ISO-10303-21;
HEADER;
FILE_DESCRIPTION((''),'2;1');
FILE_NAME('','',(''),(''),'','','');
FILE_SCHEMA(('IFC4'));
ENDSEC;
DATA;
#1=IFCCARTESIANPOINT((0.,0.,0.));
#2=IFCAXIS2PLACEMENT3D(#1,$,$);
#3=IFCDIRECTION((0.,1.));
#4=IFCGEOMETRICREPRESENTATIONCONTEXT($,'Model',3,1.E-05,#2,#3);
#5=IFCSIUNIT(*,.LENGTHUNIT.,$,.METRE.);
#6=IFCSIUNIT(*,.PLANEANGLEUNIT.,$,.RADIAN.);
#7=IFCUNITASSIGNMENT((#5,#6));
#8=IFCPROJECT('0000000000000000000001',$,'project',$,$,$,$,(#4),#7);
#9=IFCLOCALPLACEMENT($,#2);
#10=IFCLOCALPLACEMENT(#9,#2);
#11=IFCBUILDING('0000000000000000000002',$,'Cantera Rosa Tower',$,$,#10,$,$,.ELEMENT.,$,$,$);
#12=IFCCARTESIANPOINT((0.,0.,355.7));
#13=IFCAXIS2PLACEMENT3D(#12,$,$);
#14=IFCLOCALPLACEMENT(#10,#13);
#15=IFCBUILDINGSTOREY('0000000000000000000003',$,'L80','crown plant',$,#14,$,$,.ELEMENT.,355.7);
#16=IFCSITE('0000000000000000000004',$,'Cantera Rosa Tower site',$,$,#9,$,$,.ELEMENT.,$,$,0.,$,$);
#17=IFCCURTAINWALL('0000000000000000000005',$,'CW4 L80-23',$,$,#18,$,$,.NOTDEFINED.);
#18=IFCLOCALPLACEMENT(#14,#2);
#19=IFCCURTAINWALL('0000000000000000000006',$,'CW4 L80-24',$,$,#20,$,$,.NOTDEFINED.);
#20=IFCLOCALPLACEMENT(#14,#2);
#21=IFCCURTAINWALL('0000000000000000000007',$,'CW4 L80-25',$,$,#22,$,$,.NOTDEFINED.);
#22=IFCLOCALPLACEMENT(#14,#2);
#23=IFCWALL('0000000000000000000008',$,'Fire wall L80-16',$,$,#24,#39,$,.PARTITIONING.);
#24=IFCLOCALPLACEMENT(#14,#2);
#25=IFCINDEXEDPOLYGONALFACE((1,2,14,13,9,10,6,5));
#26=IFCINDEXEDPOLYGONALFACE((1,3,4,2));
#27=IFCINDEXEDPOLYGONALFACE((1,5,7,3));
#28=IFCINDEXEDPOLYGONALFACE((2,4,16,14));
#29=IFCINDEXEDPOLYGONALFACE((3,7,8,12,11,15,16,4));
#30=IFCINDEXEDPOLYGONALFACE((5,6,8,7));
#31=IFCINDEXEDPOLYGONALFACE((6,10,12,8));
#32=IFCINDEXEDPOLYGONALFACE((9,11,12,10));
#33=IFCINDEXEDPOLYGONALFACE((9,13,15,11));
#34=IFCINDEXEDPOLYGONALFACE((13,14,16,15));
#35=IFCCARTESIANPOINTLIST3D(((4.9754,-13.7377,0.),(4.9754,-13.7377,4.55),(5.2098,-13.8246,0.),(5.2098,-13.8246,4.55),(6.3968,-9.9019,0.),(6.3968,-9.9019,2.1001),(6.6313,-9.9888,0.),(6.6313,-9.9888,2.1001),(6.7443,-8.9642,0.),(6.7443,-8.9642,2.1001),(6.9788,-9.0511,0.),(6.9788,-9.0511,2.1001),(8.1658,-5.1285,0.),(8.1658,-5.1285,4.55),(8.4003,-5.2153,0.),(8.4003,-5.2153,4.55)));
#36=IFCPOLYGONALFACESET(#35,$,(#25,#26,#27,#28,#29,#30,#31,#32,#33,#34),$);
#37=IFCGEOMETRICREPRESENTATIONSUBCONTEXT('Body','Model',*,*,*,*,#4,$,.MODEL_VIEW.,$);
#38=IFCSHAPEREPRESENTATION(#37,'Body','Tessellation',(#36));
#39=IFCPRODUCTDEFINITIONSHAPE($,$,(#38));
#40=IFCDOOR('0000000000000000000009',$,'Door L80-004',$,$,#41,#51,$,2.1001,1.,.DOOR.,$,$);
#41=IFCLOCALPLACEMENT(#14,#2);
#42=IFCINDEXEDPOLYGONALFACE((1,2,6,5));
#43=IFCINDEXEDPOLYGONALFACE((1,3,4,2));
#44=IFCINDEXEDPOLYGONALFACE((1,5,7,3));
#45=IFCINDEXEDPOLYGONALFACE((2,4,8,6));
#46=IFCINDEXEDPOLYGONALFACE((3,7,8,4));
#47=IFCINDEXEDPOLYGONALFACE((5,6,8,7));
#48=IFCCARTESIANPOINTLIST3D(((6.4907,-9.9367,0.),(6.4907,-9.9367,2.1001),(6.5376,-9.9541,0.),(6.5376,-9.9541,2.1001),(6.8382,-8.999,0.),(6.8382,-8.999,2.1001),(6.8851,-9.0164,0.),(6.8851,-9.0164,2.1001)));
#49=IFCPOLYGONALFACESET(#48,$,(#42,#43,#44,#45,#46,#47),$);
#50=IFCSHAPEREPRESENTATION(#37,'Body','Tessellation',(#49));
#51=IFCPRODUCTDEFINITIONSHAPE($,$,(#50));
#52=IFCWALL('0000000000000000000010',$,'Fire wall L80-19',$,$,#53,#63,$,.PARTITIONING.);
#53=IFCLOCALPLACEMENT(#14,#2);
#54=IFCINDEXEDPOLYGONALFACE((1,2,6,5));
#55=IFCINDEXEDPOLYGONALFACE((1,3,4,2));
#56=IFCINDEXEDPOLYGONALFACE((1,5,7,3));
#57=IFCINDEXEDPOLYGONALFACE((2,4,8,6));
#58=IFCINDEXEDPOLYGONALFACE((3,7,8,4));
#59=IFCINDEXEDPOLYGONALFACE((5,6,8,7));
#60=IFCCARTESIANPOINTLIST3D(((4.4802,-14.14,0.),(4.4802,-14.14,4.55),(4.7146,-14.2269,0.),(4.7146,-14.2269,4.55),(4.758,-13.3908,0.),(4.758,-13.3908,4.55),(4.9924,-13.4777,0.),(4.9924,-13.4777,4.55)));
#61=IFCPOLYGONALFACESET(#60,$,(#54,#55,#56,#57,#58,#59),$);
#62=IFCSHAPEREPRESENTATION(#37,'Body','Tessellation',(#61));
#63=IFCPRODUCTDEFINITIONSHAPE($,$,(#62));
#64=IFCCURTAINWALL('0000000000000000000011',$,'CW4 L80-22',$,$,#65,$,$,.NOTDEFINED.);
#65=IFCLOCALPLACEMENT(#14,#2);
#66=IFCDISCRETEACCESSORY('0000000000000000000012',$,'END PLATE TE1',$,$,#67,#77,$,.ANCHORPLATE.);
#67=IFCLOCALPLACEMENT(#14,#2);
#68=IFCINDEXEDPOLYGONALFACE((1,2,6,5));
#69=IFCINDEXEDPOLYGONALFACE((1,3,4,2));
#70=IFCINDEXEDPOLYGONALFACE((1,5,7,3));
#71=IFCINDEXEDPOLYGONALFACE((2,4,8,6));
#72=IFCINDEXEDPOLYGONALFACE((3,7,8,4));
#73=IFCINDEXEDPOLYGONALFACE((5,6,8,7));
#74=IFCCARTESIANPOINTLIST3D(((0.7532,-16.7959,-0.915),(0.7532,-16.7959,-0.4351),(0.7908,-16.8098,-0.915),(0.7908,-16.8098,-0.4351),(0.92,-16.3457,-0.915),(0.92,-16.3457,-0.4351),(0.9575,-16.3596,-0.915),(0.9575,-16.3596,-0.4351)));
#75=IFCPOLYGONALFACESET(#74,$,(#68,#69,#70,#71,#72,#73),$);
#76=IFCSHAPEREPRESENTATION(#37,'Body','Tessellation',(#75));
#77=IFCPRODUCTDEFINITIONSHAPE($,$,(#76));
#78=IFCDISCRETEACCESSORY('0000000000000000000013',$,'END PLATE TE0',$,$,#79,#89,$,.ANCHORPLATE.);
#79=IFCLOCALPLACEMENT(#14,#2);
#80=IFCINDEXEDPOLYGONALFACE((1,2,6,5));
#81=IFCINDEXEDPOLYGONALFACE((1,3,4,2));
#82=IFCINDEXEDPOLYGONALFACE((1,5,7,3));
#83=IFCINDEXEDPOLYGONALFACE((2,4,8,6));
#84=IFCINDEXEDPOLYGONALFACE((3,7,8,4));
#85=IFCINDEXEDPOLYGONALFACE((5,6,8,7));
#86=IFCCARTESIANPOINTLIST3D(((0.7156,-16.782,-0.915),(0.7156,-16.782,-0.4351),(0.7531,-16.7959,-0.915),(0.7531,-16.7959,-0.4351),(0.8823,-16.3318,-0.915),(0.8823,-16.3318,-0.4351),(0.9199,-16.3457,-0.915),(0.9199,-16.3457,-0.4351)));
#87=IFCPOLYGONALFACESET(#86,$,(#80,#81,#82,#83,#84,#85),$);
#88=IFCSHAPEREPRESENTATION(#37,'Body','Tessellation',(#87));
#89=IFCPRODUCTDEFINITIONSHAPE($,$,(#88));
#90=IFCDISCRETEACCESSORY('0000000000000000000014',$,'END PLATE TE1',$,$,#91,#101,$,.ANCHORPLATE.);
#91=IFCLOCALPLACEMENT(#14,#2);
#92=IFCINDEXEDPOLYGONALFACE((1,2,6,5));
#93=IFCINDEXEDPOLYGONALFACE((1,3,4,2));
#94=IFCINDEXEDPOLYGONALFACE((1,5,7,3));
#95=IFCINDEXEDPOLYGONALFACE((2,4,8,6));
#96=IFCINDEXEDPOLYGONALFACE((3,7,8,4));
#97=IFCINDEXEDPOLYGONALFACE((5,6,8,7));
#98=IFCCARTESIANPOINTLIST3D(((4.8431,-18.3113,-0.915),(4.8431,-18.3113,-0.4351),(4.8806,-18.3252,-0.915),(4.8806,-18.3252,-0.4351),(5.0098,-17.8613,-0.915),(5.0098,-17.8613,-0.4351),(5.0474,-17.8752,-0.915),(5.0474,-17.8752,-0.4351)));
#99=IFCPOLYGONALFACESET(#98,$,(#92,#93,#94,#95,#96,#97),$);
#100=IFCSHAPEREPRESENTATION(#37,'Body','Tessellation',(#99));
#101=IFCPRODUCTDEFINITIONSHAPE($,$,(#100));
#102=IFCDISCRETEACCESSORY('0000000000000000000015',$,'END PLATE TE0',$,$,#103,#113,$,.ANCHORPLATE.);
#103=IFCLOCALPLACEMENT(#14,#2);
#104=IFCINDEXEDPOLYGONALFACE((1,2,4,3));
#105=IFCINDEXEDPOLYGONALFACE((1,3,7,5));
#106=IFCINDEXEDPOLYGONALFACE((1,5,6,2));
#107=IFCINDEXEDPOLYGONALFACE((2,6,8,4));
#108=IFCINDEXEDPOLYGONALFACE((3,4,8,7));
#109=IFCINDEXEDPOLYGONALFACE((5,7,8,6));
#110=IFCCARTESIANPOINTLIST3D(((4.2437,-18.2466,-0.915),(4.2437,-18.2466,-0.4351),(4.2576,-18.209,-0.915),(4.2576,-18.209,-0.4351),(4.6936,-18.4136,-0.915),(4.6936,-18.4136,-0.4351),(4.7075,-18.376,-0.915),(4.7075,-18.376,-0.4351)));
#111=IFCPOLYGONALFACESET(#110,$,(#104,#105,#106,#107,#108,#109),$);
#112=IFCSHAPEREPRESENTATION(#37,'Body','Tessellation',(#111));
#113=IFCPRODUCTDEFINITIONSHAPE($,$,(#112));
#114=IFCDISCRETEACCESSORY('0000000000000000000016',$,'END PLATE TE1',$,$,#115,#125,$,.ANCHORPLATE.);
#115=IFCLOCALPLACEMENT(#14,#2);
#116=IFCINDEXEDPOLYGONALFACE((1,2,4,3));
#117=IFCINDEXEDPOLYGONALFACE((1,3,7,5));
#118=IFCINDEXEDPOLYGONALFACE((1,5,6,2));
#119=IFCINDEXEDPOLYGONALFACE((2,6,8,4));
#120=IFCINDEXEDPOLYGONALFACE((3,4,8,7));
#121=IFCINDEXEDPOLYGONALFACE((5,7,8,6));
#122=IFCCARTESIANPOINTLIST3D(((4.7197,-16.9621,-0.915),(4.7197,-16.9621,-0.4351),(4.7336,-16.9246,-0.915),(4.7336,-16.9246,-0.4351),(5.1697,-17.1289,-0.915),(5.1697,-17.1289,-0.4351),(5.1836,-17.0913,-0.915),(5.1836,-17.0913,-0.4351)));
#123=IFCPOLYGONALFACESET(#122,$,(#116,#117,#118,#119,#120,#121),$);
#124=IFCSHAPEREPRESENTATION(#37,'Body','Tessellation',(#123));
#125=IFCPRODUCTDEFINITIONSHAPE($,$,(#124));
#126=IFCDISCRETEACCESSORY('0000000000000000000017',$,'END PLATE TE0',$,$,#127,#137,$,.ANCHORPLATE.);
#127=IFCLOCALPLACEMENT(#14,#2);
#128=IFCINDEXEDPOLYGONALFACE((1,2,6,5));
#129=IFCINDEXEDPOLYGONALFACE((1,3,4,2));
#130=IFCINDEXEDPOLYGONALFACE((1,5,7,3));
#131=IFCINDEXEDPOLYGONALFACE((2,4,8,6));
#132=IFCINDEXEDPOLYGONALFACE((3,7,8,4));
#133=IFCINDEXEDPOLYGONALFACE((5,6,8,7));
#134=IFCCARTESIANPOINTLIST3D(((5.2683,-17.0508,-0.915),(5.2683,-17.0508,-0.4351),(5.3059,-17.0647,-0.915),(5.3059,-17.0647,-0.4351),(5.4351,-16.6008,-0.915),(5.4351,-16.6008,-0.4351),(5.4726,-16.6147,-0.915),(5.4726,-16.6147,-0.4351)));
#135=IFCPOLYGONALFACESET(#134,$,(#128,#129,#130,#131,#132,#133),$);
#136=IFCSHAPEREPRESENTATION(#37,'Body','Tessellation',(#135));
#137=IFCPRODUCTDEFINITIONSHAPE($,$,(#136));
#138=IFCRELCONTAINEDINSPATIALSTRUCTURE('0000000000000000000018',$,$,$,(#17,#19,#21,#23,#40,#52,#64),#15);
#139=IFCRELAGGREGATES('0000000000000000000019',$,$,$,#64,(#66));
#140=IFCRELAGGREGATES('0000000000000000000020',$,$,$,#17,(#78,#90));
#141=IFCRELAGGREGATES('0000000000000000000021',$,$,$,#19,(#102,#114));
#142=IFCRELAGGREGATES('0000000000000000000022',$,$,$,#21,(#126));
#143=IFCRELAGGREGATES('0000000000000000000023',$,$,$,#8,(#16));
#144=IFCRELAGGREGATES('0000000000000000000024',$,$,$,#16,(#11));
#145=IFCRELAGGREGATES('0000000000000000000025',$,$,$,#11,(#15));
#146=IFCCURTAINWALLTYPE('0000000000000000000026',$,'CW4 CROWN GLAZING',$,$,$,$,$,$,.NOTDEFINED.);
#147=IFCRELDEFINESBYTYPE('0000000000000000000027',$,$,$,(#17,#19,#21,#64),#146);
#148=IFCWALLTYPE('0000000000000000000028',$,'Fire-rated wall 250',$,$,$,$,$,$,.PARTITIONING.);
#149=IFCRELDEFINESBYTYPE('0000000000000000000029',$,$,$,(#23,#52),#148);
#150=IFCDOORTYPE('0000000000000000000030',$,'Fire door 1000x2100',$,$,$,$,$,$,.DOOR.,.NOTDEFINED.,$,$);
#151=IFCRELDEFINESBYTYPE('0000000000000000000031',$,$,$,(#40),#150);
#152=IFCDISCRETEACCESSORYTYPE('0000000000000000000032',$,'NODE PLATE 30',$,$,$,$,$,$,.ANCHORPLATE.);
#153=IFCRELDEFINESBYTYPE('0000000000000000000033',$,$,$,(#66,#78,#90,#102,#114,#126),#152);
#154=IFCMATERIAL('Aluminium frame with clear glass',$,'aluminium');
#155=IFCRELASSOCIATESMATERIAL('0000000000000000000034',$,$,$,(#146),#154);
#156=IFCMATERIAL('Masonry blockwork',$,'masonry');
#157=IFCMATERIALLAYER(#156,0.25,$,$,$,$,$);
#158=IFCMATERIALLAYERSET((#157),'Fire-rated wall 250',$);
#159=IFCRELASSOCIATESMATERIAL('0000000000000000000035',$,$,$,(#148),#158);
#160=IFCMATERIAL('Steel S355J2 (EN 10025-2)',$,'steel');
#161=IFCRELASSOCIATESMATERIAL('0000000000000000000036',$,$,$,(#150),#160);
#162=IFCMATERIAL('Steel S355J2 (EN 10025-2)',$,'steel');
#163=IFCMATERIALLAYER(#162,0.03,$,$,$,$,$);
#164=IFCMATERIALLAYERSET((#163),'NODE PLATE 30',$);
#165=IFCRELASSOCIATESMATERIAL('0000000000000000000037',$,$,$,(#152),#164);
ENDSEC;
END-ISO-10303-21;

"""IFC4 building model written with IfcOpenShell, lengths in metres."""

from ifc_helpers import new_model, si_unit, direction, frame, frame_2d, origin, place, context, subcontext, project, spatial, polyline, rectangle, outline, extrude, material, layer, layer_set, type_object, element, fill, aggregate, save


model = new_model("IFC4")

# Units and contexts
model_context = context("Model", 3, precision=1e-05, world=origin(), true_north=direction((0.0, 1.0)))
body_context = subcontext(model_context, "Body", "Model", "MODEL_VIEW")
ifc_project = project(units=[si_unit("LENGTHUNIT", "METRE"), si_unit("PLANEANGLEUNIT", "RADIAN")], contexts=[model_context])

# Site, building, storey
site_placement = place(None, origin())
site = spatial("IfcSite", under=ifc_project, at=site_placement, Name="Cantera Rosa Tower site", CompositionType="ELEMENT", RefElevation=0.0)
building_placement = place(site_placement, origin())
building = spatial("IfcBuilding", under=site, at=building_placement, Name="Cantera Rosa Tower", CompositionType="ELEMENT")
storey_placement = place(building_placement, frame((0.0, 0.0, 355.7)))
storey = spatial("IfcBuildingStorey", under=building, at=storey_placement, Name="L80", Description="crown plant", CompositionType="ELEMENT", Elevation=355.7)

# Curtain walls
ifc_material_1 = material(Name="Aluminium frame with clear glass", Category="aluminium")
curtain_wall_type = type_object("IfcCurtainWallType", Name="CW4 CROWN GLAZING", PredefinedType="NOTDEFINED", material=ifc_material_1)
curtain_wall_1_placement = place(storey_placement, origin())
curtain_wall_1 = element("IfcCurtainWall", 1, at=curtain_wall_1_placement, inside=storey, type_object=curtain_wall_type, Name="CW4 L80-23", PredefinedType="NOTDEFINED")
curtain_wall_2_placement = place(storey_placement, origin())
curtain_wall_2 = element("IfcCurtainWall", 2, at=curtain_wall_2_placement, inside=storey, type_object=curtain_wall_type, Name="CW4 L80-24", PredefinedType="NOTDEFINED")
curtain_wall_3_placement = place(storey_placement, origin())
curtain_wall_3 = element("IfcCurtainWall", 3, at=curtain_wall_3_placement, inside=storey, type_object=curtain_wall_type, Name="CW4 L80-25", PredefinedType="NOTDEFINED")

# Shared definitions
ifc_material_2 = material(Name="Masonry blockwork", Category="masonry")
ifc_layer_1 = layer(ifc_material_2, 0.25)
ifc_layer_set_1 = layer_set([ifc_layer_1], Name="Fire-rated wall 250")
wall_type_1 = type_object("IfcWallType", Name="Fire-rated wall 250", PredefinedType="PARTITIONING", material=ifc_layer_set_1)

# Shared definitions
ifc_material_3 = material(Name="Steel S355J2 (EN 10025-2)", Category="steel")
door_type = type_object("IfcDoorType", Name="Fire door 1000x2100", OperationType="NOTDEFINED", PredefinedType="DOOR", material=ifc_material_3)

# Wall, opening, door
wall_1_placement = place(storey_placement, frame((5.0925, -13.7812, 0.0), z_axis=(0.0, 0.0, 1.0), x_axis=(0.347493, 0.937683, 0.0)))
wall_1 = element("IfcWall", 4, at=wall_1_placement, inside=storey, type_object=wall_type_1, Name="Fire wall L80-16", PredefinedType="PARTITIONING", context=body_context, shape_type="SweptSolid", body=[
    extrude(rectangle(XDim=9.1814, YDim=0.25, at=frame_2d((4.5908, 0.0))), origin(), (0.0, 0.0, 1.0), 4.55),
])
opening_1_placement = place(wall_1_placement, frame((4.0908, 0.0, 0.0)))
opening_1 = element("IfcOpeningElement", 5, at=opening_1_placement, cuts=wall_1, PredefinedType="OPENING", context=body_context, shape_type="SweptSolid", body=[
    extrude(rectangle(XDim=1.0, YDim=2.1001, at=frame_2d((0.5, 1.05))), frame((0.0, 0.135, 0.0), z_axis=(0.0, -1.0, 0.0), x_axis=(1.0, 0.0, 0.0)), (0.0, 0.0, 1.0), 0.27),
])
door_1_placement = place(opening_1_placement, origin())
door_1 = element("IfcDoor", 6, at=door_1_placement, inside=storey, type_object=door_type, Name="Door L80-004", OverallHeight=2.1001, OverallWidth=1.0, PredefinedType="DOOR", context=body_context, shape_type="SweptSolid", body=[
    extrude(rectangle(XDim=1.0, YDim=2.1001, at=frame_2d((0.5, 1.05))), frame((0.0, 0.0249, 0.0), z_axis=(0.0, -1.0, 0.0), x_axis=(1.0, 0.0, 0.0)), (0.0, 0.0, 1.0), 0.05),
])
fill(opening_1, door_1)

# Wall
wall_2_placement = place(storey_placement, frame((4.5974, -14.1833, 0.0), z_axis=(0.0, 0.0, 1.0), x_axis=(0.347673, 0.937616, 0.0)))
element("IfcWall", 7, at=wall_2_placement, inside=storey, type_object=wall_type_1, Name="Fire wall L80-19", PredefinedType="PARTITIONING", context=body_context, shape_type="SweptSolid", body=[
    extrude(rectangle(XDim=0.7991, YDim=0.25, at=frame_2d((0.3994, 0.0))), origin(), (0.0, 0.0, 1.0), 4.55),
])

# Curtain wall, discrete accessory
curtain_wall_4_placement = place(storey_placement, origin())
curtain_wall_4 = element("IfcCurtainWall", 8, at=curtain_wall_4_placement, inside=storey, type_object=curtain_wall_type, Name="CW4 L80-22", PredefinedType="NOTDEFINED")
ifc_material_4 = material(Name="Steel S355J2 (EN 10025-2)", Category="steel")
ifc_layer_2 = layer(ifc_material_4, 0.03)
ifc_layer_set_2 = layer_set([ifc_layer_2], Name="NODE PLATE 30")
discrete_accessory_type = type_object("IfcDiscreteAccessoryType", Name="NODE PLATE 30", PredefinedType="ANCHORPLATE", material=ifc_layer_set_2)
discrete_accessory_1_placement = place(storey_placement, frame((0.9575, -16.3596, -0.4351), z_axis=(0.937743, -0.347331, 0.0), x_axis=(-0.347331, -0.937743, 0.0)))
discrete_accessory_1 = element("IfcDiscreteAccessory", 9, at=discrete_accessory_1_placement, type_object=discrete_accessory_type, Name="END PLATE TE1", PredefinedType="ANCHORPLATE", context=body_context, shape_type="SweptSolid", body=[
    extrude(outline(polyline([(0.0, 0.0), (0.4801, 0.0), (0.4801, 0.48), (0.0, 0.48), (0.0, 0.0)])), origin(), (0.0, 0.0, -1.0), 0.04),
])
aggregate(curtain_wall_4, [discrete_accessory_1])

# Discrete accessories
discrete_accessory_2_placement = place(storey_placement, frame((0.7156, -16.782, -0.4351), z_axis=(-0.937743, 0.347331, 0.0), x_axis=(0.347331, 0.937743, 0.0)))
discrete_accessory_2 = element("IfcDiscreteAccessory", 10, at=discrete_accessory_2_placement, type_object=discrete_accessory_type, Name="END PLATE TE0", PredefinedType="ANCHORPLATE", context=body_context, shape_type="SweptSolid", body=[
    extrude(outline(polyline([(0.0, 0.0), (0.4801, 0.0), (0.4801, 0.48), (0.0, 0.48), (0.0, 0.0)])), origin(), (0.0, 0.0, -1.0), 0.04),
])
discrete_accessory_3_placement = place(storey_placement, frame((5.0474, -17.8752, -0.4351), z_axis=(0.937681, -0.347497, 0.0), x_axis=(-0.347497, -0.937681, 0.0)))
discrete_accessory_3 = element("IfcDiscreteAccessory", 11, at=discrete_accessory_3_placement, type_object=discrete_accessory_type, Name="END PLATE TE1", PredefinedType="ANCHORPLATE", context=body_context, shape_type="SweptSolid", body=[
    extrude(outline(polyline([(0.0, 0.0), (0.4799, 0.0), (0.4799, 0.48), (0.0, 0.48), (0.0, 0.0)])), origin(), (0.0, 0.0, -1.0), 0.04),
])
aggregate(curtain_wall_1, [discrete_accessory_2, discrete_accessory_3])
discrete_accessory_4_placement = place(storey_placement, frame((4.6936, -18.4136, -0.4351), z_axis=(-0.347944, -0.937515, 0.0), x_axis=(-0.937515, 0.347944, 0.0)))
discrete_accessory_4 = element("IfcDiscreteAccessory", 12, at=discrete_accessory_4_placement, type_object=discrete_accessory_type, Name="END PLATE TE0", PredefinedType="ANCHORPLATE", context=body_context, shape_type="SweptSolid", body=[
    extrude(outline(polyline([(0.0, 0.0), (0.4799, 0.0), (0.4799, 0.48), (0.0, 0.48), (0.0, 0.0)])), origin(), (0.0, 0.0, -1.0), 0.04),
])
discrete_accessory_5_placement = place(storey_placement, frame((4.7336, -16.9246, -0.4351), z_axis=(0.347497, 0.937681, 0.0), x_axis=(0.937681, -0.347497, 0.0)))
discrete_accessory_5 = element("IfcDiscreteAccessory", 13, at=discrete_accessory_5_placement, type_object=discrete_accessory_type, Name="END PLATE TE1", PredefinedType="ANCHORPLATE", context=body_context, shape_type="SweptSolid", body=[
    extrude(outline(polyline([(0.0, 0.0), (0.4799, 0.0), (0.4799, 0.48), (0.0, 0.48), (0.0, 0.0)])), origin(), (0.0, 0.0, -1.0), 0.04),
])
aggregate(curtain_wall_2, [discrete_accessory_4, discrete_accessory_5])
discrete_accessory_6_placement = place(storey_placement, frame((5.2683, -17.0508, -0.4351), z_axis=(-0.937681, 0.347497, 0.0), x_axis=(0.347497, 0.937681, 0.0)))
discrete_accessory_6 = element("IfcDiscreteAccessory", 14, at=discrete_accessory_6_placement, type_object=discrete_accessory_type, Name="END PLATE TE0", PredefinedType="ANCHORPLATE", context=body_context, shape_type="SweptSolid", body=[
    extrude(outline(polyline([(0.0, 0.0), (0.4799, 0.0), (0.4799, 0.48), (0.0, 0.48), (0.0, 0.0)])), origin(), (0.0, 0.0, -1.0), 0.04),
])
aggregate(curtain_wall_3, [discrete_accessory_6])

save(model, "model.ifc")
